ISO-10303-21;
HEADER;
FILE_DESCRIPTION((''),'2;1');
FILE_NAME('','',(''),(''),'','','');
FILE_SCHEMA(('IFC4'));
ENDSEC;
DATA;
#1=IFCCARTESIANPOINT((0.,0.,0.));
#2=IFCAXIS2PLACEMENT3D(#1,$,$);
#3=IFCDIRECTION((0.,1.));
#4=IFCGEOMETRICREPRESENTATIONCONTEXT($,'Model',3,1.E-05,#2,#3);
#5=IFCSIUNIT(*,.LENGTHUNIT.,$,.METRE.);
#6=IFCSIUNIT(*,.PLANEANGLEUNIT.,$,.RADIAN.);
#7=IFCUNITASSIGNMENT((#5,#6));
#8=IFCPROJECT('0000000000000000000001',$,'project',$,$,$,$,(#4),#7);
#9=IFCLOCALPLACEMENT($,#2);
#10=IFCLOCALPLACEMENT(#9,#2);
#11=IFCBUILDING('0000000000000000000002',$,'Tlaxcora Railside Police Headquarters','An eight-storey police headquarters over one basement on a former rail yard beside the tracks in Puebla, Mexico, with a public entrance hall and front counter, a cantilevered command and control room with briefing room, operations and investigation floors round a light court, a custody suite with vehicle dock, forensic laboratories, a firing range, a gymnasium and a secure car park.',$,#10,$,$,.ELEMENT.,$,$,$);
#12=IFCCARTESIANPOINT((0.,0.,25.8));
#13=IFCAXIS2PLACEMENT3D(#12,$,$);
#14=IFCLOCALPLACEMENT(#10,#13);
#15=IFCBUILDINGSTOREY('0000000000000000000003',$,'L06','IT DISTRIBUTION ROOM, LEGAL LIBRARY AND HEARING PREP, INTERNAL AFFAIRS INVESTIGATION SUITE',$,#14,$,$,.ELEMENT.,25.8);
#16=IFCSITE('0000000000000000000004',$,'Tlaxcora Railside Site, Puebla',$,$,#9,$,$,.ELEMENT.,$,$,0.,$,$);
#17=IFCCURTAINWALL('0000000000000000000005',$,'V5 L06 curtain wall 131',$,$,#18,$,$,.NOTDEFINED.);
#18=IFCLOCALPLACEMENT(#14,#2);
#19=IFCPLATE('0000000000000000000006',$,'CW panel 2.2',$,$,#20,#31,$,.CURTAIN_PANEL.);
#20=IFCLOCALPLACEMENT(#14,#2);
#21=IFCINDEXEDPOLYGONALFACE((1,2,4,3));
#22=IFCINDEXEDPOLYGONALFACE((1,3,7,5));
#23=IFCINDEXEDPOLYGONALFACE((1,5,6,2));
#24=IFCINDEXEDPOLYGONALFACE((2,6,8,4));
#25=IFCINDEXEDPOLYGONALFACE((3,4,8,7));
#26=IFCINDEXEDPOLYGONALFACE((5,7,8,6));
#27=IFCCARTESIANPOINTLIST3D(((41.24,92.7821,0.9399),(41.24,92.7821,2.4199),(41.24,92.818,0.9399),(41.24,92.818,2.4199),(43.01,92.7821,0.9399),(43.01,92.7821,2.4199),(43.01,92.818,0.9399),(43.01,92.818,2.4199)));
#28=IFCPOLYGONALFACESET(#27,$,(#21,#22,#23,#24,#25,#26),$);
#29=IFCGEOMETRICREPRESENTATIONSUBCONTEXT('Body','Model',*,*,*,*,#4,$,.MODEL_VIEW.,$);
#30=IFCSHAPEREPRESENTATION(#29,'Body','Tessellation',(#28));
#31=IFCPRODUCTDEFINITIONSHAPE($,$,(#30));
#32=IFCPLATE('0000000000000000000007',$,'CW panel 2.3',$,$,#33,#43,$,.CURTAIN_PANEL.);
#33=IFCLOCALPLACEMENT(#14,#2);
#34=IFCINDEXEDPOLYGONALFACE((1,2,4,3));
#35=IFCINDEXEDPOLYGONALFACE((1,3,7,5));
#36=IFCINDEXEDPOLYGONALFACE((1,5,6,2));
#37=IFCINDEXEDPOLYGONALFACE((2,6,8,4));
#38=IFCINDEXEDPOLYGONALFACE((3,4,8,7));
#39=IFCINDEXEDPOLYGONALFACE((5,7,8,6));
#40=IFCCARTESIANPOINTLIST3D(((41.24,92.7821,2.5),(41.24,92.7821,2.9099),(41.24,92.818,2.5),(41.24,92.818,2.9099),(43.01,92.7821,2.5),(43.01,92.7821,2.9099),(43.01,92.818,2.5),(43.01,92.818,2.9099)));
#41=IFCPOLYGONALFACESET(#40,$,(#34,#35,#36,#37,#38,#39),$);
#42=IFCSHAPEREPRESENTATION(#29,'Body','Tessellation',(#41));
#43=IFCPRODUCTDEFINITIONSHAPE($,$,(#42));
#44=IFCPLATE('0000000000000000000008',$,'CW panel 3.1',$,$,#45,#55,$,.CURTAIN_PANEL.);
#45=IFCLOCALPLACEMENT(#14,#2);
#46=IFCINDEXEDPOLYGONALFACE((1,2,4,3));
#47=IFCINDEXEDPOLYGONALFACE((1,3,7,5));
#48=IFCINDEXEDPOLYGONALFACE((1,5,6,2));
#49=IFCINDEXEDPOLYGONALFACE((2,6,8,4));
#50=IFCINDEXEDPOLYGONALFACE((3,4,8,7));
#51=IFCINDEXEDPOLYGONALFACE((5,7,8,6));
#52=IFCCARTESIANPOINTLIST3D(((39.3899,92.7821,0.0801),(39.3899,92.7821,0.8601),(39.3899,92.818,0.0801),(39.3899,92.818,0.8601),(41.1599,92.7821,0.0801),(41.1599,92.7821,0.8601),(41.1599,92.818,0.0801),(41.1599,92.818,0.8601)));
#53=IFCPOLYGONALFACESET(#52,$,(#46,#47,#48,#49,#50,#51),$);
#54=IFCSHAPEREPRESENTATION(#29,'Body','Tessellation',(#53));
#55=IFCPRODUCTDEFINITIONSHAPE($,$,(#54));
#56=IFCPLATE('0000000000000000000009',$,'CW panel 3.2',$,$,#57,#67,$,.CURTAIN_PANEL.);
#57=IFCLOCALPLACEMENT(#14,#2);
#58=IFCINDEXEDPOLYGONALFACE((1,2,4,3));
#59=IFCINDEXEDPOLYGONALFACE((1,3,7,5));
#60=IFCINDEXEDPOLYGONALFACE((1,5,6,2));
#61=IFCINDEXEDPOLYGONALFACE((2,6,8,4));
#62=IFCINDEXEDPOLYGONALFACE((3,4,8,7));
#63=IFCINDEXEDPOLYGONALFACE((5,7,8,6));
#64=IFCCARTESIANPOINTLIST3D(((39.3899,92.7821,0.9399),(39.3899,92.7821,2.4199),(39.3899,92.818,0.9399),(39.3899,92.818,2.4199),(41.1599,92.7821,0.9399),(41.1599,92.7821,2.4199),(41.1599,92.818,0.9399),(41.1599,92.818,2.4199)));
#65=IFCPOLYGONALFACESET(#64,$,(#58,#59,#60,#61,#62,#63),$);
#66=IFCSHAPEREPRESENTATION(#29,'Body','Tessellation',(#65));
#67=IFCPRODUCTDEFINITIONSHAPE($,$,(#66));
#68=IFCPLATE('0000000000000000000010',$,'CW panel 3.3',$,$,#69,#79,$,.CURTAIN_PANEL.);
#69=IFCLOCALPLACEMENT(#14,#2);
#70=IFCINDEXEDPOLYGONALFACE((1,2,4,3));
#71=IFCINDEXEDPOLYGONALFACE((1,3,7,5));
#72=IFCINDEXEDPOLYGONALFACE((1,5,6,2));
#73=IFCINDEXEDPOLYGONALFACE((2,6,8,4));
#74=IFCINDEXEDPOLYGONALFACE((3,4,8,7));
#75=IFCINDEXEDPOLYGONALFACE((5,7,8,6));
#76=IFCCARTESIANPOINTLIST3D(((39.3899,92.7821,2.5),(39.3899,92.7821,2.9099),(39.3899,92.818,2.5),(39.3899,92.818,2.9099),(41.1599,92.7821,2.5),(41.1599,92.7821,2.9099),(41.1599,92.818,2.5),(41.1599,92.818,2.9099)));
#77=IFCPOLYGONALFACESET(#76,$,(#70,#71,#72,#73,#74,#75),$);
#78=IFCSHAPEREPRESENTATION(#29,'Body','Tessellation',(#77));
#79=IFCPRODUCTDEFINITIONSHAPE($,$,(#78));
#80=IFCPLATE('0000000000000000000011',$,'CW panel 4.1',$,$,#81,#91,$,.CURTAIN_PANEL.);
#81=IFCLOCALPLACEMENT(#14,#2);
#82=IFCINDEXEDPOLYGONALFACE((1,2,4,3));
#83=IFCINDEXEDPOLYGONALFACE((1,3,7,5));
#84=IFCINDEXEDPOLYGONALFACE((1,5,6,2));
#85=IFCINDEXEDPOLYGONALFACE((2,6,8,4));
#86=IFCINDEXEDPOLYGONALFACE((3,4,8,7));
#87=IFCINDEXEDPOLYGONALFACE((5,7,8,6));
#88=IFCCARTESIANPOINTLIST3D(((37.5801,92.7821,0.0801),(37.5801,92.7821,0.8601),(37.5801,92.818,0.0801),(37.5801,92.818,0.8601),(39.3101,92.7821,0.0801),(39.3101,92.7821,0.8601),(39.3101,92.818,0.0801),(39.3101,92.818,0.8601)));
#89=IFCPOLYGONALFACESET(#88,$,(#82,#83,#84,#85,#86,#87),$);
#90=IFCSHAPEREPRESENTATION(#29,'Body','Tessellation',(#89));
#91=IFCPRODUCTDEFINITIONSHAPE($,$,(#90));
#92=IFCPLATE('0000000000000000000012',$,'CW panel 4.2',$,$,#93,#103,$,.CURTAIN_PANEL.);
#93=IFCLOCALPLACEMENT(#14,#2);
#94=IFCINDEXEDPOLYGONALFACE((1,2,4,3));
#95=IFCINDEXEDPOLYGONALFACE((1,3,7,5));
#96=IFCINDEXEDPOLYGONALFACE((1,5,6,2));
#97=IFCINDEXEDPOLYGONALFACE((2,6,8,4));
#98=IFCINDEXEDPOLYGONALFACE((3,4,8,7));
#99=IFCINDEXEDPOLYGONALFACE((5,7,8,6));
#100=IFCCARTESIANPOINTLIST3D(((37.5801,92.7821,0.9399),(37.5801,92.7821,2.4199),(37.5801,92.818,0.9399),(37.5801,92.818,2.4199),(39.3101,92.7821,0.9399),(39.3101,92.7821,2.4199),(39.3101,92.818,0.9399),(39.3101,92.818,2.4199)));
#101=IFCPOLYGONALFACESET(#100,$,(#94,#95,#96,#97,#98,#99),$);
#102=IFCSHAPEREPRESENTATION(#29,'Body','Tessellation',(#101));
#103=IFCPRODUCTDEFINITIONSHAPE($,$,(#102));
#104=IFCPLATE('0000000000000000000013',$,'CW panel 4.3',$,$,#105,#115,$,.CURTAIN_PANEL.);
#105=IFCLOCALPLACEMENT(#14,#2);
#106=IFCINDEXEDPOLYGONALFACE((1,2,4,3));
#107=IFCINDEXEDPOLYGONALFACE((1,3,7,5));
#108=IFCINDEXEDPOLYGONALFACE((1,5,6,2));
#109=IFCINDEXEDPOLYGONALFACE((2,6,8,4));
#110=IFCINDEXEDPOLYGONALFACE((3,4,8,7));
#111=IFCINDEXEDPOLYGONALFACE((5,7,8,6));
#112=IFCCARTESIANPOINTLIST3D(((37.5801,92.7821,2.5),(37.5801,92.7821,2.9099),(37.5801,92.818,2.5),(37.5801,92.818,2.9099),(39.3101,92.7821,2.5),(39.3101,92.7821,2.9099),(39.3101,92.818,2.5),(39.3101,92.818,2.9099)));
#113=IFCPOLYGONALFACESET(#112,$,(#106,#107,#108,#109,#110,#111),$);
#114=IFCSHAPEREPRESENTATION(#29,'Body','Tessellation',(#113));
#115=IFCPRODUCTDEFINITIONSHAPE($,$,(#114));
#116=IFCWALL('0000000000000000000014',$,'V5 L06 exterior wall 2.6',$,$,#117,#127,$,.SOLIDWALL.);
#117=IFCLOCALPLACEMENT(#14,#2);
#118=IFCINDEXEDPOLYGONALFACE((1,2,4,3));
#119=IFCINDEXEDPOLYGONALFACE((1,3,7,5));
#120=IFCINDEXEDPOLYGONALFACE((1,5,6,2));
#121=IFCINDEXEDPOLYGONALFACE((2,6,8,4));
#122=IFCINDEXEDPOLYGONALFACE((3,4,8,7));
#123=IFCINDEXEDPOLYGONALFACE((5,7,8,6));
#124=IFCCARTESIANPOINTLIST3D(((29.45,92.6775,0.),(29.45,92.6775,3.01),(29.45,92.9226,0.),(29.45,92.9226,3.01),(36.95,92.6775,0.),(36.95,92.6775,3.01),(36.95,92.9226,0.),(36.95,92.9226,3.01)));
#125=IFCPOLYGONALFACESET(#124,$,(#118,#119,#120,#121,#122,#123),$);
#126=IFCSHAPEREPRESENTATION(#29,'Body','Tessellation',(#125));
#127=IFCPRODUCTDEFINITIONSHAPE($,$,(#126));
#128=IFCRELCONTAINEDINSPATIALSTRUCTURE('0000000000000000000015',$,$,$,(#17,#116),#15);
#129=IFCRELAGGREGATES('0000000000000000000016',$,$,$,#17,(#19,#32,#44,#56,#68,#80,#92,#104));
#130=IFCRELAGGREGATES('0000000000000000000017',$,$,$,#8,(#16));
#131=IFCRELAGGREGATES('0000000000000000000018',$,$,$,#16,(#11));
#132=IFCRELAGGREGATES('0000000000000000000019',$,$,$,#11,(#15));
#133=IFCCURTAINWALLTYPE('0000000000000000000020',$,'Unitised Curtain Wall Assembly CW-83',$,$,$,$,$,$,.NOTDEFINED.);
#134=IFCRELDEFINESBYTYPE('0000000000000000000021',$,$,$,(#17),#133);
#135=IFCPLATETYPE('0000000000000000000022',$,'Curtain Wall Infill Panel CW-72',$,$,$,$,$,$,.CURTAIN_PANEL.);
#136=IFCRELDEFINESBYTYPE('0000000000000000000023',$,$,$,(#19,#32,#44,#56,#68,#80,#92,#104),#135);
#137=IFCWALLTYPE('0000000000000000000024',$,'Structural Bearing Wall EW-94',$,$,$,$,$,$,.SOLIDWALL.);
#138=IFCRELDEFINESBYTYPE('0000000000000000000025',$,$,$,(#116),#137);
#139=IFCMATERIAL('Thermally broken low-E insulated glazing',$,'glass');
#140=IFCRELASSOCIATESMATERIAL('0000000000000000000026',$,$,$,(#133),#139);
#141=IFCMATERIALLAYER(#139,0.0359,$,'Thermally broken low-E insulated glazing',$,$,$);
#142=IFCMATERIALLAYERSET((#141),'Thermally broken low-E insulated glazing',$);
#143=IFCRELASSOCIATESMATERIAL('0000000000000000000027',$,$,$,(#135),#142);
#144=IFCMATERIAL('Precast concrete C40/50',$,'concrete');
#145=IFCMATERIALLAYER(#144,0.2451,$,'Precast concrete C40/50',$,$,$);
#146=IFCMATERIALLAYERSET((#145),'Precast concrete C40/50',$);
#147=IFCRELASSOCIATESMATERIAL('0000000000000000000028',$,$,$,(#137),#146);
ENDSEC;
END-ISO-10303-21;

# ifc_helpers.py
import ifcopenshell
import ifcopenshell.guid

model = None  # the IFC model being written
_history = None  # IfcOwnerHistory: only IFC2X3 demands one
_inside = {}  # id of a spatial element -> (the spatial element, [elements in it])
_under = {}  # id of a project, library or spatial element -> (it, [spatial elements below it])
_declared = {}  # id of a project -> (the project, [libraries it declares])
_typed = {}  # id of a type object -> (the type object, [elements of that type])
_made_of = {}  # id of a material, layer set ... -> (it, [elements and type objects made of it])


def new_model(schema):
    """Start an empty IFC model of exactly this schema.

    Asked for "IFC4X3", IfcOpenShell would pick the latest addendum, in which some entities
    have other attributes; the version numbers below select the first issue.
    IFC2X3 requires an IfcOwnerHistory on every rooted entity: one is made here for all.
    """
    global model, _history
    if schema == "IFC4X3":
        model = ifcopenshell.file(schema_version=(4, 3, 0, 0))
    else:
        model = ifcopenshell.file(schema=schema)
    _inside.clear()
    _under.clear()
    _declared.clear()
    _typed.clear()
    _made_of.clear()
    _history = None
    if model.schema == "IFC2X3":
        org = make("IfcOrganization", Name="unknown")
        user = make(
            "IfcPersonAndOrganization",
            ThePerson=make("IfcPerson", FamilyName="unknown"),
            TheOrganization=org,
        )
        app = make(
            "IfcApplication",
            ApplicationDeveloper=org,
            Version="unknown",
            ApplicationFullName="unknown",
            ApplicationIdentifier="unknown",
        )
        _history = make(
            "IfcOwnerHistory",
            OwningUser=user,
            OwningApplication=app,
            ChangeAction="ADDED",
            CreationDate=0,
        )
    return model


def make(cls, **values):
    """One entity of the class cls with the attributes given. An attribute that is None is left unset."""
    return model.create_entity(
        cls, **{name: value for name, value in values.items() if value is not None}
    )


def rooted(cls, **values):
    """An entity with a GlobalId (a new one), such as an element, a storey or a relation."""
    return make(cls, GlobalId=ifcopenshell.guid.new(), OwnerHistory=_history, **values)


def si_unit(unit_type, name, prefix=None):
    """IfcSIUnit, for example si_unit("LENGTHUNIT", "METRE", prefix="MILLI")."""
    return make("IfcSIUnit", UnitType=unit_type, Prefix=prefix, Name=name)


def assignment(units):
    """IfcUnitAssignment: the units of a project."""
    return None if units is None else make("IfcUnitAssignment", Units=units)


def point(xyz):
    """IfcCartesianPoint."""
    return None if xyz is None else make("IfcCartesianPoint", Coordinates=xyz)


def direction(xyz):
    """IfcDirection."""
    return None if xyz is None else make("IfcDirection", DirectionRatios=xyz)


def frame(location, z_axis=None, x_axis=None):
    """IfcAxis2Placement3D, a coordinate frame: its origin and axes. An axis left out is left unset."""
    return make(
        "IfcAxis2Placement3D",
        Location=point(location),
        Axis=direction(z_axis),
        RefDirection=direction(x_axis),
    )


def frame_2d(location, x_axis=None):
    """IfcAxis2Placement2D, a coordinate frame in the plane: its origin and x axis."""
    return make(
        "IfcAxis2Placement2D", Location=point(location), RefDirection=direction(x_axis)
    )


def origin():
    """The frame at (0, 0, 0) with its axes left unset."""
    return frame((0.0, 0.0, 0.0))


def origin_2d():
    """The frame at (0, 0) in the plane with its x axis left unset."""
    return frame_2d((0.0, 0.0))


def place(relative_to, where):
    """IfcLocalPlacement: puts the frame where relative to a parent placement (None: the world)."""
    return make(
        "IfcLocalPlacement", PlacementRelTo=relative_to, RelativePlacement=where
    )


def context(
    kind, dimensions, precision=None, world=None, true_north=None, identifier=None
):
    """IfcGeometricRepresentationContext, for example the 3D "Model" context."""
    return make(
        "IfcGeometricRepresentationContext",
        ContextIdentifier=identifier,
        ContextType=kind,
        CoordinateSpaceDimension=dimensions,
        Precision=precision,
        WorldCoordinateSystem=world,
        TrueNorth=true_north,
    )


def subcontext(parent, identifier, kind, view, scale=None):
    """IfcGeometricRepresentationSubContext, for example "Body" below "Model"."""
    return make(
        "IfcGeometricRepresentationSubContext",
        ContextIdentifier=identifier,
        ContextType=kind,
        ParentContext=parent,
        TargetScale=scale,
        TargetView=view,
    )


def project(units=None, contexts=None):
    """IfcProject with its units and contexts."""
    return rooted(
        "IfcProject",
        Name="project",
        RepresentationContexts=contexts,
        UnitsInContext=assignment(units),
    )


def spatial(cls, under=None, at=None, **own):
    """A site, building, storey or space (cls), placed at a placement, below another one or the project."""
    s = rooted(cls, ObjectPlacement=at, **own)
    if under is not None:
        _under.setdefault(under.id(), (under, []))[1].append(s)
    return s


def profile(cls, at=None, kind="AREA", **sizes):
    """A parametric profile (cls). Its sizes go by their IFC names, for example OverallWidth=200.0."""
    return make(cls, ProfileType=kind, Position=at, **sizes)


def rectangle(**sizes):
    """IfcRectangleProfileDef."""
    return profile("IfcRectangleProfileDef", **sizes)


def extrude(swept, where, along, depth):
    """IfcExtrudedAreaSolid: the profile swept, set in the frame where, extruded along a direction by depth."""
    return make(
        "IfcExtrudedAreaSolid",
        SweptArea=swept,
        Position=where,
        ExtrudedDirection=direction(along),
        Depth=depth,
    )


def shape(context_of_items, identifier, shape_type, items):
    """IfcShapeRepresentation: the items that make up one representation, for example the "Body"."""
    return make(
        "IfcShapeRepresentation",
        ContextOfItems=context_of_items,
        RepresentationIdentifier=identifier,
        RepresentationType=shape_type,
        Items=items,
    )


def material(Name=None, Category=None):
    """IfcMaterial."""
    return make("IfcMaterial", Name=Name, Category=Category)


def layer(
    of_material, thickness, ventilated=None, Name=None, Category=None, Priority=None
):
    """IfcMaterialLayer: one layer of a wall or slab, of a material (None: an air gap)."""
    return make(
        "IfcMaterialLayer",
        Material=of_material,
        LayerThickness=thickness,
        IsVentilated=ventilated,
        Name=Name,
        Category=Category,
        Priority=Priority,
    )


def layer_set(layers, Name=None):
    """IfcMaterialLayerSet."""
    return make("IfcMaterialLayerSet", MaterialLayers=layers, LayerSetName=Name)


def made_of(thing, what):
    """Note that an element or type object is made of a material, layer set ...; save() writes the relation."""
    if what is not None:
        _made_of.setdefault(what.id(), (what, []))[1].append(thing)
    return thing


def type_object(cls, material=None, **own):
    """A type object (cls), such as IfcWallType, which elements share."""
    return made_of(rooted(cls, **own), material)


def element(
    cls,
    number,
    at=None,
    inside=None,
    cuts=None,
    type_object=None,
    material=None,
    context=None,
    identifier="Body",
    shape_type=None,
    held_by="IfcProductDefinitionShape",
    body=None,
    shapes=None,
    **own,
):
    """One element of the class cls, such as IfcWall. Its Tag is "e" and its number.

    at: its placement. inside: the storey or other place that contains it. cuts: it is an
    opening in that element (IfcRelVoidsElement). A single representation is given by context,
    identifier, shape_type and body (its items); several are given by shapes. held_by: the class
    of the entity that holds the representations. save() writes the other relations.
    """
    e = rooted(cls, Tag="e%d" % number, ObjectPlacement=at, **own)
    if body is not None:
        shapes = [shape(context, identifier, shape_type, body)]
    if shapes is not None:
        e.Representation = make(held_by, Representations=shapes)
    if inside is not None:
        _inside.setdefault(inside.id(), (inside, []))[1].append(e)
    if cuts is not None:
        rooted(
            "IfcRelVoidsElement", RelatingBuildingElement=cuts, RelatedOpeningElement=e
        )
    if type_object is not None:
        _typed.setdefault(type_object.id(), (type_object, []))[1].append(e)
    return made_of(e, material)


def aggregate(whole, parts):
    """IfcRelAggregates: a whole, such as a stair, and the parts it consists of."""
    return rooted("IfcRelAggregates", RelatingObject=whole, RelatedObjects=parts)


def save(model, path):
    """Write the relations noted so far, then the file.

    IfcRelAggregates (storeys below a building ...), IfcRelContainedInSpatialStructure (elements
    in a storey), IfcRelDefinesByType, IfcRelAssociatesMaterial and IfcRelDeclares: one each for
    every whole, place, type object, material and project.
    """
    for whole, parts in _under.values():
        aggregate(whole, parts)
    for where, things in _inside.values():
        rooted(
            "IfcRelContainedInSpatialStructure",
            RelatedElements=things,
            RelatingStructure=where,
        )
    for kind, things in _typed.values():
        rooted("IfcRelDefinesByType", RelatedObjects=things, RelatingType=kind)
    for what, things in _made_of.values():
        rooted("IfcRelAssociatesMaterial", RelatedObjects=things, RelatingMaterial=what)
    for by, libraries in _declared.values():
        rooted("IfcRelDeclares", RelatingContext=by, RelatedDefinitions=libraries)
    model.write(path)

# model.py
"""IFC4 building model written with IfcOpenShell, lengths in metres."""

from ifc_helpers import new_model, si_unit, direction, frame, frame_2d, origin, origin_2d, place, context, subcontext, project, spatial, rectangle, extrude, material, layer, layer_set, type_object, element, aggregate, save


model = new_model("IFC4")

# Units and contexts
model_context = context("Model", 3, precision=1e-05, world=origin(), true_north=direction((0.0, 1.0)))
body_context = subcontext(model_context, "Body", "Model", "MODEL_VIEW")
ifc_project = project(units=[si_unit("LENGTHUNIT", "METRE"), si_unit("PLANEANGLEUNIT", "RADIAN")], contexts=[model_context])

# Site, building, storey
site_placement = place(None, origin())
site = spatial("IfcSite", under=ifc_project, at=site_placement, Name="Tlaxcora Railside Site, Puebla", CompositionType="ELEMENT", RefElevation=0.0)
building_placement = place(site_placement, origin())
building = spatial("IfcBuilding", under=site, at=building_placement, Name="Tlaxcora Railside Police Headquarters", Description="An eight-storey police headquarters over one basement on a former rail yard beside the tracks in Puebla, Mexico, with a public entrance hall and front counter, a cantilevered command and control room with briefing room, operations and investigation floors round a light court, a custody suite with vehicle dock, forensic laboratories, a firing range, a gymnasium and a secure car park.", CompositionType="ELEMENT")
storey_placement = place(building_placement, frame((0.0, 0.0, 25.8)))
storey = spatial("IfcBuildingStorey", under=building, at=storey_placement, Name="L06", Description="IT DISTRIBUTION ROOM, LEGAL LIBRARY AND HEARING PREP, INTERNAL AFFAIRS INVESTIGATION SUITE", CompositionType="ELEMENT", Elevation=25.8)

# Curtain wall
ifc_material_1 = material(Name="Thermally broken low-E insulated glazing", Category="glass")
curtain_wall_type = type_object("IfcCurtainWallType", Name="Unitised Curtain Wall Assembly CW-83", PredefinedType="NOTDEFINED", material=ifc_material_1)
curtain_wall_placement = place(storey_placement, origin())
curtain_wall = element("IfcCurtainWall", 1, at=curtain_wall_placement, inside=storey, type_object=curtain_wall_type, Name="V5 L06 curtain wall 131", PredefinedType="NOTDEFINED")

# Plates
ifc_layer_1 = layer(ifc_material_1, 0.0359, Name="Thermally broken low-E insulated glazing")
ifc_layer_set_1 = layer_set([ifc_layer_1], Name="Thermally broken low-E insulated glazing")
plate_type = type_object("IfcPlateType", Name="Curtain Wall Infill Panel CW-72", PredefinedType="CURTAIN_PANEL", material=ifc_layer_set_1)
plate_1_placement = place(storey_placement, frame((42.125, 92.8, 0.9399), z_axis=(0.0, 0.0, 1.0), x_axis=(-1.0, 0.0, 0.0)))
plate_1 = element("IfcPlate", 2, at=plate_1_placement, type_object=plate_type, Name="CW panel 2.2", PredefinedType="CURTAIN_PANEL", context=body_context, shape_type="SweptSolid", body=[
    extrude(rectangle(XDim=1.77, YDim=0.0359, at=origin_2d()), origin(), (0.0, 0.0, 1.0), 1.48),
])
plate_2_placement = place(storey_placement, frame((42.125, 92.8, 2.5), z_axis=(0.0, 0.0, 1.0), x_axis=(-1.0, 0.0, 0.0)))
plate_2 = element("IfcPlate", 3, at=plate_2_placement, type_object=plate_type, Name="CW panel 2.3", PredefinedType="CURTAIN_PANEL", context=body_context, shape_type="SweptSolid", body=[
    extrude(rectangle(XDim=1.77, YDim=0.0359, at=origin_2d()), origin(), (0.0, 0.0, 1.0), 0.4099),
])
plate_3_placement = place(storey_placement, frame((40.2749, 92.8, 0.0801), z_axis=(0.0, 0.0, 1.0), x_axis=(-1.0, 0.0, 0.0)))
plate_3 = element("IfcPlate", 4, at=plate_3_placement, type_object=plate_type, Name="CW panel 3.1", PredefinedType="CURTAIN_PANEL", context=body_context, shape_type="SweptSolid", body=[
    extrude(rectangle(XDim=1.77, YDim=0.0359, at=origin_2d()), origin(), (0.0, 0.0, 1.0), 0.78),
])
plate_4_placement = place(storey_placement, frame((40.2749, 92.8, 0.9399), z_axis=(0.0, 0.0, 1.0), x_axis=(-1.0, 0.0, 0.0)))
plate_4 = element("IfcPlate", 5, at=plate_4_placement, type_object=plate_type, Name="CW panel 3.2", PredefinedType="CURTAIN_PANEL", context=body_context, shape_type="SweptSolid", body=[
    extrude(rectangle(XDim=1.77, YDim=0.0359, at=origin_2d()), origin(), (0.0, 0.0, 1.0), 1.48),
])
plate_5_placement = place(storey_placement, frame((40.2749, 92.8, 2.5), z_axis=(0.0, 0.0, 1.0), x_axis=(-1.0, 0.0, 0.0)))
plate_5 = element("IfcPlate", 6, at=plate_5_placement, type_object=plate_type, Name="CW panel 3.3", PredefinedType="CURTAIN_PANEL", context=body_context, shape_type="SweptSolid", body=[
    extrude(rectangle(XDim=1.77, YDim=0.0359, at=origin_2d()), origin(), (0.0, 0.0, 1.0), 0.4099),
])
plate_6_placement = place(storey_placement, frame((38.4451, 92.8, 0.0801), z_axis=(0.0, 0.0, 1.0), x_axis=(-1.0, 0.0, 0.0)))
plate_6 = element("IfcPlate", 7, at=plate_6_placement, type_object=plate_type, Name="CW panel 4.1", PredefinedType="CURTAIN_PANEL", context=body_context, shape_type="SweptSolid", body=[
    extrude(rectangle(XDim=1.73, YDim=0.0359, at=origin_2d()), origin(), (0.0, 0.0, 1.0), 0.78),
])
plate_7_placement = place(storey_placement, frame((38.4451, 92.8, 0.9399), z_axis=(0.0, 0.0, 1.0), x_axis=(-1.0, 0.0, 0.0)))
plate_7 = element("IfcPlate", 8, at=plate_7_placement, type_object=plate_type, Name="CW panel 4.2", PredefinedType="CURTAIN_PANEL", context=body_context, shape_type="SweptSolid", body=[
    extrude(rectangle(XDim=1.73, YDim=0.0359, at=origin_2d()), origin(), (0.0, 0.0, 1.0), 1.48),
])
plate_8_placement = place(storey_placement, frame((38.4451, 92.8, 2.5), z_axis=(0.0, 0.0, 1.0), x_axis=(-1.0, 0.0, 0.0)))
plate_8 = element("IfcPlate", 9, at=plate_8_placement, type_object=plate_type, Name="CW panel 4.3", PredefinedType="CURTAIN_PANEL", context=body_context, shape_type="SweptSolid", body=[
    extrude(rectangle(XDim=1.73, YDim=0.0359, at=origin_2d()), origin(), (0.0, 0.0, 1.0), 0.4099),
])
aggregate(curtain_wall, [plate_1, plate_2, plate_3, plate_4, plate_5, plate_6, plate_7, plate_8])

# Wall
ifc_material_2 = material(Name="Precast concrete C40/50", Category="concrete")
ifc_layer_2 = layer(ifc_material_2, 0.2451, Name="Precast concrete C40/50")
ifc_layer_set_2 = layer_set([ifc_layer_2], Name="Precast concrete C40/50")
wall_type = type_object("IfcWallType", Name="Structural Bearing Wall EW-94", PredefinedType="SOLIDWALL", material=ifc_layer_set_2)
wall_placement = place(storey_placement, frame((36.95, 92.8, 0.0), z_axis=(0.0, 0.0, 1.0), x_axis=(-1.0, 0.0, 0.0)))
element("IfcWall", 10, at=wall_placement, inside=storey, type_object=wall_type, Name="V5 L06 exterior wall 2.6", PredefinedType="SOLIDWALL", context=body_context, shape_type="SweptSolid", body=[
    extrude(rectangle(XDim=7.5, YDim=0.2451, at=frame_2d((3.75, 0.0))), origin(), (0.0, 0.0, 1.0), 3.01),
])

save(model, "model.ifc")
